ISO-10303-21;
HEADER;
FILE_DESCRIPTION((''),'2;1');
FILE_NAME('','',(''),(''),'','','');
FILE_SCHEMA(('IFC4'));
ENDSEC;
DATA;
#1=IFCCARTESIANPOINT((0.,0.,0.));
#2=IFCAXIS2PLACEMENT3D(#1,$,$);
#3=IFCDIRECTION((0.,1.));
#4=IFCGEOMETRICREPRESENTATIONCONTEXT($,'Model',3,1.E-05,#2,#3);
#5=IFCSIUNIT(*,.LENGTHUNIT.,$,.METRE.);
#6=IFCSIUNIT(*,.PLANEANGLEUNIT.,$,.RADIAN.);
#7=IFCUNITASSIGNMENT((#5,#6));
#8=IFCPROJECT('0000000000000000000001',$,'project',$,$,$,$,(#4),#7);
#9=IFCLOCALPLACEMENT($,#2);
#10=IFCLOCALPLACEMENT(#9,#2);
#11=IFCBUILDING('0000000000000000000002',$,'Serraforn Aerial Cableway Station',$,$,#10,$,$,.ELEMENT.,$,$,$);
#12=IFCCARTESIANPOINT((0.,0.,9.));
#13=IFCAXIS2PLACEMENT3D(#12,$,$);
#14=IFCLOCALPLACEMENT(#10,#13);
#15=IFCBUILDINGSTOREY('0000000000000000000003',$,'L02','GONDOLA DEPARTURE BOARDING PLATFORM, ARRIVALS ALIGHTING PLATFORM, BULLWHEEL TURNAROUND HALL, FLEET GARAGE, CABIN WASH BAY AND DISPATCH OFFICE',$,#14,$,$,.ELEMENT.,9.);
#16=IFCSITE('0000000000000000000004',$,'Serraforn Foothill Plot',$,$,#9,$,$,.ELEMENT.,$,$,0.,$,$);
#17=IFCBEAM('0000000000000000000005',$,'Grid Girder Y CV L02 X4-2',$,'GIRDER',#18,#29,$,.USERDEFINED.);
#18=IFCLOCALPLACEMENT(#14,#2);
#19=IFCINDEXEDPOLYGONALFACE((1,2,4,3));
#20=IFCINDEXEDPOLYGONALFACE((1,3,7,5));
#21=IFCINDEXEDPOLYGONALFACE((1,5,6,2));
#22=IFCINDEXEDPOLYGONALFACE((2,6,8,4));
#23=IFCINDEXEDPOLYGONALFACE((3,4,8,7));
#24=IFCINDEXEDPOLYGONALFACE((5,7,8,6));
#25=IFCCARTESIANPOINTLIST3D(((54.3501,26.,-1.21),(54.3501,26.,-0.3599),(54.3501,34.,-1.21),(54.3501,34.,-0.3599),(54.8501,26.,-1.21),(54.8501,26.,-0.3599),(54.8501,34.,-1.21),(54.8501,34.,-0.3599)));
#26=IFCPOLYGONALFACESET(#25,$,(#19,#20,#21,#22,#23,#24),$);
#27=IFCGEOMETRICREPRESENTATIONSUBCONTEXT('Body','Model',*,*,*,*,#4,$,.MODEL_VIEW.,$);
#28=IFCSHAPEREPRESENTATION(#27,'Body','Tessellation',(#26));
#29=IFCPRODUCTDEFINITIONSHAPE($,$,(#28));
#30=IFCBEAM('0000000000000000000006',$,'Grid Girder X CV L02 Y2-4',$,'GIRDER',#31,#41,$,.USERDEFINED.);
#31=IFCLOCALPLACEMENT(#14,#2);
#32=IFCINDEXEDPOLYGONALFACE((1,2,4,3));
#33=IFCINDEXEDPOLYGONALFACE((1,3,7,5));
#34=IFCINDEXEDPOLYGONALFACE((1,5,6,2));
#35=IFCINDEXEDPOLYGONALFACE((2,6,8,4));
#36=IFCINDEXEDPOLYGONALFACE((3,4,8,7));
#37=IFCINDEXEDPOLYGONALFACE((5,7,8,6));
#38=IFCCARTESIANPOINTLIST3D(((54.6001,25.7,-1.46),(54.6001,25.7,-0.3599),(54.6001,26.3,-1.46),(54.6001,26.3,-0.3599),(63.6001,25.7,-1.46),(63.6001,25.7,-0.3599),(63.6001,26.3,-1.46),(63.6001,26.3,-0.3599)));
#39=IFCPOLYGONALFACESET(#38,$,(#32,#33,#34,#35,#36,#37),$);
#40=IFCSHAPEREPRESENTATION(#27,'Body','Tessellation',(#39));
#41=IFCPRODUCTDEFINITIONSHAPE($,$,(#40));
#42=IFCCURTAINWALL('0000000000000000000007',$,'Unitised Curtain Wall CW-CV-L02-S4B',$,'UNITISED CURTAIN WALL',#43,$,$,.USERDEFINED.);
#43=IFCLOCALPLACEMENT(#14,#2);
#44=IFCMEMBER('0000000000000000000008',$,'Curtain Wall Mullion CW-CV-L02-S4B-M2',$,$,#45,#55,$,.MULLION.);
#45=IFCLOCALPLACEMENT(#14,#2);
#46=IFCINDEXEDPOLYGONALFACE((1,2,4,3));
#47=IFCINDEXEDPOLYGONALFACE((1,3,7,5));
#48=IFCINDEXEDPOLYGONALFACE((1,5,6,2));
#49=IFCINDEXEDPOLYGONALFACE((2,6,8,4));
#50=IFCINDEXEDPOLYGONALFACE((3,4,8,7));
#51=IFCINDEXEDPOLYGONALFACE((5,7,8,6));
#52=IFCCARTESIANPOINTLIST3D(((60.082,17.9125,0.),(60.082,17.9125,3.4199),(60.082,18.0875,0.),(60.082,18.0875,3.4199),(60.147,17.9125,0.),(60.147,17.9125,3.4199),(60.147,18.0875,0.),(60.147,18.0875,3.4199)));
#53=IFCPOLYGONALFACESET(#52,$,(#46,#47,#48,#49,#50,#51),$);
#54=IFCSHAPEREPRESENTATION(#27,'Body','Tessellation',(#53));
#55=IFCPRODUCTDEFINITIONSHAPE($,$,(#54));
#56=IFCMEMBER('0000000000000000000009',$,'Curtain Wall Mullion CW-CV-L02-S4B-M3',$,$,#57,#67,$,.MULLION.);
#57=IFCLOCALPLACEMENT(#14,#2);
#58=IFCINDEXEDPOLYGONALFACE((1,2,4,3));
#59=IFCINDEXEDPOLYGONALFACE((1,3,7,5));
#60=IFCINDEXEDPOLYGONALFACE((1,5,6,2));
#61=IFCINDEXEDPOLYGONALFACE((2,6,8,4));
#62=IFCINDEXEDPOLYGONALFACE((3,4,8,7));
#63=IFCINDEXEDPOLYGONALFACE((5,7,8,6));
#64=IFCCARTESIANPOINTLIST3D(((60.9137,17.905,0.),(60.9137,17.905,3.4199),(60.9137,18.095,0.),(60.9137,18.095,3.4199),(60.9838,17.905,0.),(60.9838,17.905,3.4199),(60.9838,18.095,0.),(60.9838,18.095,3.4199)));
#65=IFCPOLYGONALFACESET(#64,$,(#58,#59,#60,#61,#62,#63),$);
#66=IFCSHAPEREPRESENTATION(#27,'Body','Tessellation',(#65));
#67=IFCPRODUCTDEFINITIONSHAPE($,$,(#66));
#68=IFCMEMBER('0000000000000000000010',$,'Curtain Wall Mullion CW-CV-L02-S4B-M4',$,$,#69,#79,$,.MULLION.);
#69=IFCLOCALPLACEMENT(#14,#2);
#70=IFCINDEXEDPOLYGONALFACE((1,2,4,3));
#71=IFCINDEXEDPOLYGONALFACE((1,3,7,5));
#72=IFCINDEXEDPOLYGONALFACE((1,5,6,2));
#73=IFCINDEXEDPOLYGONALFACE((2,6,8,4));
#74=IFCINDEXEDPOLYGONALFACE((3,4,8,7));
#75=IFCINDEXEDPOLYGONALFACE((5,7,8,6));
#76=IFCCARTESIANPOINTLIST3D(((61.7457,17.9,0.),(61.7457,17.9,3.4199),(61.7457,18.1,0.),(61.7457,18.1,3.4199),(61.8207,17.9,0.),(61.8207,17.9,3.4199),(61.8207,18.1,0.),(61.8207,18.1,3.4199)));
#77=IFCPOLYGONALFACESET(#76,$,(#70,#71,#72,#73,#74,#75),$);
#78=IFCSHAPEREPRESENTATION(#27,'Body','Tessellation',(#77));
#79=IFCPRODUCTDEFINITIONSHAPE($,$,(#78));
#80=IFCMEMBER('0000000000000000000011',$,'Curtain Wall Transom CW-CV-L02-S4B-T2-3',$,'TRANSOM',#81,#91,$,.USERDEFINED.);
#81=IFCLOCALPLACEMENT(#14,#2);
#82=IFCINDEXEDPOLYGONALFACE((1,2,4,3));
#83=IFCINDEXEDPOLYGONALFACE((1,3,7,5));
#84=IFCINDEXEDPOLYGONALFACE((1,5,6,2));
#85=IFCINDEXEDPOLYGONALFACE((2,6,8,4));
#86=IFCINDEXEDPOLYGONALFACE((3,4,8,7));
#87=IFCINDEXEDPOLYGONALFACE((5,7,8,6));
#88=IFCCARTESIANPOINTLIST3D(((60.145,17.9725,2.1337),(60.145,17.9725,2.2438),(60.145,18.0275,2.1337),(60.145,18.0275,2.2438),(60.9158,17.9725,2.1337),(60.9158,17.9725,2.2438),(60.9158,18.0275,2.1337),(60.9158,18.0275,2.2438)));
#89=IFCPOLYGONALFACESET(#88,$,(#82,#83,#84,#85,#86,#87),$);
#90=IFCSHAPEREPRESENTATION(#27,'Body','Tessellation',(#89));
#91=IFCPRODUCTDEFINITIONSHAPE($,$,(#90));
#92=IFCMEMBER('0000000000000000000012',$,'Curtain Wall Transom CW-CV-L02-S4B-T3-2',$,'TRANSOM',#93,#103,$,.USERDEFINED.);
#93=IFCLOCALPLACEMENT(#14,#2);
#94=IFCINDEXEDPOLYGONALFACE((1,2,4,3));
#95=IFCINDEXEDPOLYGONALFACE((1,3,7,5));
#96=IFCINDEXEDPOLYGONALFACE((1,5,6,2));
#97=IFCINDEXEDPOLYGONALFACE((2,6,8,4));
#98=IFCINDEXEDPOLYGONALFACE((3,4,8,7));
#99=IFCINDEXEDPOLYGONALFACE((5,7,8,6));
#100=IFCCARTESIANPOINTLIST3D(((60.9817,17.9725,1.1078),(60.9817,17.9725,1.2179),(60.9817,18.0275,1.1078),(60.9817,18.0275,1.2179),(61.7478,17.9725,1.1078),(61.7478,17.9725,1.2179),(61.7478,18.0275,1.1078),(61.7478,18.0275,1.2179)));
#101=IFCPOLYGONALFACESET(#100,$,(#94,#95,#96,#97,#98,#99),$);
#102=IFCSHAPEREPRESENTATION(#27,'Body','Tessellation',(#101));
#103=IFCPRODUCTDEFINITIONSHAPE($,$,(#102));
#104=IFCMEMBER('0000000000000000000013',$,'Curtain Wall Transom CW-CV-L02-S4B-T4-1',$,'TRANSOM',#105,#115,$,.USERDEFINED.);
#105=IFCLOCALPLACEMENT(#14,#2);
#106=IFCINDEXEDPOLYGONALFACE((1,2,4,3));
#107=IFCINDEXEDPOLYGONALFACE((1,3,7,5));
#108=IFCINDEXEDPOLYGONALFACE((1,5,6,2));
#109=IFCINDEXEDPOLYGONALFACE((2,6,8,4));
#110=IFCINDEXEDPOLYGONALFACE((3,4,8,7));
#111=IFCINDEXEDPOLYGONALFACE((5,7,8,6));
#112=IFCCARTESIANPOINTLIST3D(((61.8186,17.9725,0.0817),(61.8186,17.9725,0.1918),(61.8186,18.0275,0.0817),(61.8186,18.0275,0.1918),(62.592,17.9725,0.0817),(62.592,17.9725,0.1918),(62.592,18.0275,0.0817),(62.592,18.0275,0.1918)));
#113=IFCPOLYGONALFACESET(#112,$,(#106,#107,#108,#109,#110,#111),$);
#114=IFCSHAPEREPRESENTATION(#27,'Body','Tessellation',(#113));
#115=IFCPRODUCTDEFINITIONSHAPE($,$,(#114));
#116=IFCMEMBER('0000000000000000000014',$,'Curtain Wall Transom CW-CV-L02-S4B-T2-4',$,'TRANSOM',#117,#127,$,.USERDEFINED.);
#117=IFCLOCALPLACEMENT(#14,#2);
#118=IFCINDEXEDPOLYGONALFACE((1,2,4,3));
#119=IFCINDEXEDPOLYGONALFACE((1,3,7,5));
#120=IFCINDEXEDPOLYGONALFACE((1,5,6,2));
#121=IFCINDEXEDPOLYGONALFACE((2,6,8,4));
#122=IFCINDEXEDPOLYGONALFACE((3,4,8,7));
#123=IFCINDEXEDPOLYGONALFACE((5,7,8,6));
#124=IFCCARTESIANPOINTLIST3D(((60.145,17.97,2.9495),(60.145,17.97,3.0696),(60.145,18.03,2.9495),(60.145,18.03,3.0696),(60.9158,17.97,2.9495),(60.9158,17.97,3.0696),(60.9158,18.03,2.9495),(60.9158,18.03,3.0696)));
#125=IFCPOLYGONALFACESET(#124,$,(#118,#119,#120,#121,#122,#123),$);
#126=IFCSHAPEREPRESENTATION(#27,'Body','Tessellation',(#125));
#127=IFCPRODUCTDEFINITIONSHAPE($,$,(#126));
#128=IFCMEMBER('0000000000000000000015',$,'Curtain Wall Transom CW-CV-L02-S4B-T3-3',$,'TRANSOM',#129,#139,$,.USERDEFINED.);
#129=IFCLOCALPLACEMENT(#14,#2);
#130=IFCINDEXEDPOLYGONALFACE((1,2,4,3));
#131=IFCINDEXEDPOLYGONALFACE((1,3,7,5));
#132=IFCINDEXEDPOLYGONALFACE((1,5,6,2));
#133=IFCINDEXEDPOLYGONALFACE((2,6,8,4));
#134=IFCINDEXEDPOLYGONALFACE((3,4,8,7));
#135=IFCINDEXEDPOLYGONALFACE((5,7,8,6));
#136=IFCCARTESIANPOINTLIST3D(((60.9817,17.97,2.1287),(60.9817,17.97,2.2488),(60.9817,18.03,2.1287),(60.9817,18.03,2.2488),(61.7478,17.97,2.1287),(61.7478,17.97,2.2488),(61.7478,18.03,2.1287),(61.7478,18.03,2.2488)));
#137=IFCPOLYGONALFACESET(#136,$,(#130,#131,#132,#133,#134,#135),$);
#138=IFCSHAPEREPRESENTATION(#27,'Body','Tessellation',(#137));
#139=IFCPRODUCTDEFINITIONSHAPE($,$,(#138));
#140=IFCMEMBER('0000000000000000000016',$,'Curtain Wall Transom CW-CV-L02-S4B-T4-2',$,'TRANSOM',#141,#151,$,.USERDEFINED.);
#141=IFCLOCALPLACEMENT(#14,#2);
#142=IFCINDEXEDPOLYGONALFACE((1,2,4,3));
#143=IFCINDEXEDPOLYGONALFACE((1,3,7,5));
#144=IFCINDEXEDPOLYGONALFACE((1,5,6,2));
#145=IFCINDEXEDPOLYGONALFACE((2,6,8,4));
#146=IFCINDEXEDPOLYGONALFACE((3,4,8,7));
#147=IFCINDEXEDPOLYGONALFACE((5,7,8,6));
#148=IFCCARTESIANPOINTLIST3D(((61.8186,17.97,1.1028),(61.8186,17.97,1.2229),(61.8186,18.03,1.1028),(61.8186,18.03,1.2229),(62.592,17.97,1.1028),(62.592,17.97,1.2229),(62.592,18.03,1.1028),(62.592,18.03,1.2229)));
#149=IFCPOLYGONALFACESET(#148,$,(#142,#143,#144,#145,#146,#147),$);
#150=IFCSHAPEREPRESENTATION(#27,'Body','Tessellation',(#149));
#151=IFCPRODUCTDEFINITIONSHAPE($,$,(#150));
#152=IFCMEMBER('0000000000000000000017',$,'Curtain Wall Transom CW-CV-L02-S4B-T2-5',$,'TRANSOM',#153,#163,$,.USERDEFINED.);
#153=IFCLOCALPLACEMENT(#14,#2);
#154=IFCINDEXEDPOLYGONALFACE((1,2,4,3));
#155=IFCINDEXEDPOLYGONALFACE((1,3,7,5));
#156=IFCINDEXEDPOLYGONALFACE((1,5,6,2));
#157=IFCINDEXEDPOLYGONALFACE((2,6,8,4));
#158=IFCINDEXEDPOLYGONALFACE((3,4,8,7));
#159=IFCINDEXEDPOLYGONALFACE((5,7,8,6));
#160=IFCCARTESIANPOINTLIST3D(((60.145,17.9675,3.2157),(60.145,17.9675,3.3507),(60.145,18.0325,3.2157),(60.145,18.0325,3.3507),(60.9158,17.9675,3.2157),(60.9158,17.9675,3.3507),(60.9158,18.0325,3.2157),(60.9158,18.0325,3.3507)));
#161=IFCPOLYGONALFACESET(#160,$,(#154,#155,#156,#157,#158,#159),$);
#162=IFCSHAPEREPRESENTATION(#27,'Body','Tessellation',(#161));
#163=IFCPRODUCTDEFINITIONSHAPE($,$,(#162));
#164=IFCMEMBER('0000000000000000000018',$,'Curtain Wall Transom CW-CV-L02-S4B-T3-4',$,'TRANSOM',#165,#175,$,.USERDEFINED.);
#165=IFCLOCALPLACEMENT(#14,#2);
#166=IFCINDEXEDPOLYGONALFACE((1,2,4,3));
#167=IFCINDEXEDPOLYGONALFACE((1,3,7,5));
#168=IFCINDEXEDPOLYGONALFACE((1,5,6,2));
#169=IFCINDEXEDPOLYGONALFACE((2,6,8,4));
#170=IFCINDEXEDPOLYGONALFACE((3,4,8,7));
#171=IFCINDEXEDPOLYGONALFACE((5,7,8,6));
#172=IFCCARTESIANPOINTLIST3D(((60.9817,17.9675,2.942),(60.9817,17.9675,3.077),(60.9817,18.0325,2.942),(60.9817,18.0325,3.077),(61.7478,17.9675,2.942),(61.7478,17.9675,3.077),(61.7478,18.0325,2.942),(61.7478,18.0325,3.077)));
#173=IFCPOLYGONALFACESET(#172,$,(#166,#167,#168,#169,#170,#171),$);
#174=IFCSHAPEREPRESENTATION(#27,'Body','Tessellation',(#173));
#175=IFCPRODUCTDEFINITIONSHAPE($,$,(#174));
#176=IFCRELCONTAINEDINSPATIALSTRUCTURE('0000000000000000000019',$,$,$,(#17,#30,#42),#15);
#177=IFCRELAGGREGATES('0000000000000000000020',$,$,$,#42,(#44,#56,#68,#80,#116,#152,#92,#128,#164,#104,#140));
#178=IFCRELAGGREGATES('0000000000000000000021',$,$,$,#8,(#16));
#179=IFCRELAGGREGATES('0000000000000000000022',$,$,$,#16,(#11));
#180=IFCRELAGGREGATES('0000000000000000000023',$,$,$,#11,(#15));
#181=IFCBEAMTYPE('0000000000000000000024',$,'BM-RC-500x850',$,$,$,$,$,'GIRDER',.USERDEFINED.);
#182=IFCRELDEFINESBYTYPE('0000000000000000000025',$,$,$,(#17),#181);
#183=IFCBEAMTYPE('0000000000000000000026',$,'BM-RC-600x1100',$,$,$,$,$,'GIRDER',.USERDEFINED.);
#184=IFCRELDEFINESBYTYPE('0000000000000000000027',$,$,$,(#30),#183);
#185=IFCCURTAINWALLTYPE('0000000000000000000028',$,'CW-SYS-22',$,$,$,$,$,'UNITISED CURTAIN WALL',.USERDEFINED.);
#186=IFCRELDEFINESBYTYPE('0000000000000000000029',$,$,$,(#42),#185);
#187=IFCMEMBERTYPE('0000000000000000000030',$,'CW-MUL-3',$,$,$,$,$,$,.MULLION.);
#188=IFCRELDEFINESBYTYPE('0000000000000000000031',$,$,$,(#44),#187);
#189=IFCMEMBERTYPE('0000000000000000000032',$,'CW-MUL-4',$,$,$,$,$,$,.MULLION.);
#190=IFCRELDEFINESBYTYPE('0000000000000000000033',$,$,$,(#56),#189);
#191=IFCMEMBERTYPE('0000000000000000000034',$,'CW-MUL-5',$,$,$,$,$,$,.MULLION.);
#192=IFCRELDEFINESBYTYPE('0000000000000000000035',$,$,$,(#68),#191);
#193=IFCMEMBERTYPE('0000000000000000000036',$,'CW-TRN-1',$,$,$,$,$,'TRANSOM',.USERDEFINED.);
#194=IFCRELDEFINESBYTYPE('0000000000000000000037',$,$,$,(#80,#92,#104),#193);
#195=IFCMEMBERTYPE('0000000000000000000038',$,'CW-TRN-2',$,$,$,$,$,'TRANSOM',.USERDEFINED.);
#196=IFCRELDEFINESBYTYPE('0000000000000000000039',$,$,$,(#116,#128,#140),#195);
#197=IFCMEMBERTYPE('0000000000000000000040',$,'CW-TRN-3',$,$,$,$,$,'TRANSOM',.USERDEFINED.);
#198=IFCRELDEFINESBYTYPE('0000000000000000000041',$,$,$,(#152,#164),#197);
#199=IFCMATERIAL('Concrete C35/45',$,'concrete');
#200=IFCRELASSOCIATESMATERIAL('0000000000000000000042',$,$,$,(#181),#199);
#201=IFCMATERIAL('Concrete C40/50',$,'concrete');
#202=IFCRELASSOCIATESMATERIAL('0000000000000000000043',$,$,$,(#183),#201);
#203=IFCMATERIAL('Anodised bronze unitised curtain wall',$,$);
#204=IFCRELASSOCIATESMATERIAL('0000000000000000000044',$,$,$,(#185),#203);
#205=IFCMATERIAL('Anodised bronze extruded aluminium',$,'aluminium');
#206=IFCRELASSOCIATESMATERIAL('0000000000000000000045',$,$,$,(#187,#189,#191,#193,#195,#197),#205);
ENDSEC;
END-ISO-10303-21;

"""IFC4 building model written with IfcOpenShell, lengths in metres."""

from ifc_helpers import new_model, si_unit, direction, frame, origin, origin_2d, place, context, subcontext, project, spatial, rectangle, extrude, material, material_profile, profile_set, type_object, element, aggregate, save


model = new_model("IFC4")

# Units and contexts
model_context = context("Model", 3, precision=1e-05, world=origin(), true_north=direction((0.0, 1.0)))
body_context = subcontext(model_context, "Body", "Model", "MODEL_VIEW")
ifc_project = project(units=[si_unit("LENGTHUNIT", "METRE"), si_unit("PLANEANGLEUNIT", "RADIAN")], contexts=[model_context])

# Site, building, storey
site_placement = place(None, origin())
site = spatial("IfcSite", under=ifc_project, at=site_placement, Name="Serraforn Foothill Plot", CompositionType="ELEMENT", RefElevation=0.0)
building_placement = place(site_placement, origin())
building = spatial("IfcBuilding", under=site, at=building_placement, Name="Serraforn Aerial Cableway Station", CompositionType="ELEMENT")
storey_placement = place(building_placement, frame((0.0, 0.0, 9.0)))
storey = spatial("IfcBuildingStorey", under=building, at=storey_placement, Name="L02", Description="GONDOLA DEPARTURE BOARDING PLATFORM, ARRIVALS ALIGHTING PLATFORM, BULLWHEEL TURNAROUND HALL, FLEET GARAGE, CABIN WASH BAY AND DISPATCH OFFICE", CompositionType="ELEMENT", Elevation=9.0)

# Beams
ifc_material_1 = material(Name="Concrete C35/45", Category="concrete")
ifc_material_profile_1 = material_profile(ifc_material_1, rectangle(XDim=0.5, YDim=0.8501, at=origin_2d()), Name="RC 500x850")
ifc_profile_set_1 = profile_set([ifc_material_profile_1], Name="Concrete C35/45")
beam_type_1 = type_object("IfcBeamType", Name="BM-RC-500x850", ElementType="GIRDER", PredefinedType="USERDEFINED", material=ifc_profile_set_1)
beam_1_placement = place(storey_placement, frame((54.6001, 26.0, -0.7849), z_axis=(0.0, 1.0, 0.0), x_axis=(-1.0, 0.0, 0.0)))
element("IfcBeam", 1, at=beam_1_placement, inside=storey, type_object=beam_type_1, Name="Grid Girder Y CV L02 X4-2", ObjectType="GIRDER", PredefinedType="USERDEFINED", context=body_context, shape_type="SweptSolid", body=[
    extrude(rectangle(XDim=0.5, YDim=0.8501, at=origin_2d()), origin(), (0.0, 0.0, 1.0), 8.0),
])
ifc_material_2 = material(Name="Concrete C40/50", Category="concrete")
ifc_material_profile_2 = material_profile(ifc_material_2, rectangle(XDim=0.6001, YDim=1.1001, at=origin_2d()), Name="RC 600x1100")
ifc_profile_set_2 = profile_set([ifc_material_profile_2], Name="Concrete C40/50")
beam_type_2 = type_object("IfcBeamType", Name="BM-RC-600x1100", ElementType="GIRDER", PredefinedType="USERDEFINED", material=ifc_profile_set_2)
beam_2_placement = place(storey_placement, frame((54.6001, 26.0, -0.9099), z_axis=(1.0, 0.0, 0.0), x_axis=(0.0, 1.0, 0.0)))
element("IfcBeam", 2, at=beam_2_placement, inside=storey, type_object=beam_type_2, Name="Grid Girder X CV L02 Y2-4", ObjectType="GIRDER", PredefinedType="USERDEFINED", context=body_context, shape_type="SweptSolid", body=[
    extrude(rectangle(XDim=0.6001, YDim=1.1001, at=origin_2d()), origin(), (0.0, 0.0, 1.0), 9.0),
])

# Curtain wall, members
ifc_material_3 = material(Name="Anodised bronze unitised curtain wall")
curtain_wall_type = type_object("IfcCurtainWallType", Name="CW-SYS-22", ElementType="UNITISED CURTAIN WALL", PredefinedType="USERDEFINED", material=ifc_material_3)
curtain_wall_placement = place(storey_placement, origin())
curtain_wall = element("IfcCurtainWall", 3, at=curtain_wall_placement, inside=storey, type_object=curtain_wall_type, Name="Unitised Curtain Wall CW-CV-L02-S4B", ObjectType="UNITISED CURTAIN WALL", PredefinedType="USERDEFINED")
ifc_material_4 = material(Name="Anodised bronze extruded aluminium", Category="aluminium")
ifc_material_profile_3 = material_profile(ifc_material_4, rectangle(XDim=0.0649, YDim=0.175, at=origin_2d()), Name="CW MULLION 65x175")
ifc_profile_set_3 = profile_set([ifc_material_profile_3], Name="Anodised bronze extruded aluminium")
member_type_1 = type_object("IfcMemberType", Name="CW-MUL-3", PredefinedType="MULLION", material=ifc_profile_set_3)
member_1_placement = place(storey_placement, frame((60.1145, 18.0, 0.0), z_axis=(0.0, 0.0, 1.0), x_axis=(1.0, 0.0, 0.0)))
member_1 = element("IfcMember", 4, at=member_1_placement, type_object=member_type_1, Name="Curtain Wall Mullion CW-CV-L02-S4B-M2", PredefinedType="MULLION", context=body_context, shape_type="SweptSolid", body=[
    extrude(rectangle(XDim=0.0649, YDim=0.175, at=origin_2d()), origin(), (0.0, 0.0, 1.0), 3.4199),
])
ifc_material_profile_4 = material_profile(ifc_material_4, rectangle(XDim=0.0701, YDim=0.1899, at=origin_2d()), Name="CW MULLION 70x190")
ifc_profile_set_4 = profile_set([ifc_material_profile_4], Name="Anodised bronze extruded aluminium")
member_type_2 = type_object("IfcMemberType", Name="CW-MUL-4", PredefinedType="MULLION", material=ifc_profile_set_4)
member_2_placement = place(storey_placement, frame((60.9487, 18.0, 0.0), z_axis=(0.0, 0.0, 1.0), x_axis=(1.0, 0.0, 0.0)))
member_2 = element("IfcMember", 5, at=member_2_placement, type_object=member_type_2, Name="Curtain Wall Mullion CW-CV-L02-S4B-M3", PredefinedType="MULLION", context=body_context, shape_type="SweptSolid", body=[
    extrude(rectangle(XDim=0.0701, YDim=0.1899, at=origin_2d()), origin(), (0.0, 0.0, 1.0), 3.4199),
])
ifc_material_profile_5 = material_profile(ifc_material_4, rectangle(XDim=0.075, YDim=0.2, at=origin_2d()), Name="CW MULLION 75x200")
ifc_profile_set_5 = profile_set([ifc_material_profile_5], Name="Anodised bronze extruded aluminium")
member_type_3 = type_object("IfcMemberType", Name="CW-MUL-5", PredefinedType="MULLION", material=ifc_profile_set_5)
member_3_placement = place(storey_placement, frame((61.7832, 18.0, 0.0), z_axis=(0.0, 0.0, 1.0), x_axis=(1.0, 0.0, 0.0)))
member_3 = element("IfcMember", 6, at=member_3_placement, type_object=member_type_3, Name="Curtain Wall Mullion CW-CV-L02-S4B-M4", PredefinedType="MULLION", context=body_context, shape_type="SweptSolid", body=[
    extrude(rectangle(XDim=0.075, YDim=0.2, at=origin_2d()), origin(), (0.0, 0.0, 1.0), 3.4199),
])
ifc_material_profile_6 = material_profile(ifc_material_4, rectangle(XDim=0.0549, YDim=0.1101, at=origin_2d()), Name="CW TRANSOM 55x110")
ifc_profile_set_6 = profile_set([ifc_material_profile_6], Name="Anodised bronze extruded aluminium")
member_type_4 = type_object("IfcMemberType", Name="CW-TRN-1", ElementType="TRANSOM", PredefinedType="USERDEFINED", material=ifc_profile_set_6)
member_4_placement = place(storey_placement, frame((60.145, 18.0, 2.1887), z_axis=(1.0, 0.0, 0.0), x_axis=(0.0, 1.0, 0.0)))
member_4 = element("IfcMember", 7, at=member_4_placement, type_object=member_type_4, Name="Curtain Wall Transom CW-CV-L02-S4B-T2-3", ObjectType="TRANSOM", PredefinedType="USERDEFINED", context=body_context, shape_type="SweptSolid", body=[
    extrude(rectangle(XDim=0.0549, YDim=0.1101, at=origin_2d()), origin(), (0.0, 0.0, 1.0), 0.7708),
])
member_5_placement = place(storey_placement, frame((60.9817, 18.0, 1.1628), z_axis=(1.0, 0.0, 0.0), x_axis=(0.0, 1.0, 0.0)))
member_5 = element("IfcMember", 8, at=member_5_placement, type_object=member_type_4, Name="Curtain Wall Transom CW-CV-L02-S4B-T3-2", ObjectType="TRANSOM", PredefinedType="USERDEFINED", context=body_context, shape_type="SweptSolid", body=[
    extrude(rectangle(XDim=0.0549, YDim=0.1101, at=origin_2d()), origin(), (0.0, 0.0, 1.0), 0.7661),
])
member_6_placement = place(storey_placement, frame((61.8186, 18.0, 0.1367), z_axis=(1.0, 0.0, 0.0), x_axis=(0.0, 1.0, 0.0)))
member_6 = element("IfcMember", 9, at=member_6_placement, type_object=member_type_4, Name="Curtain Wall Transom CW-CV-L02-S4B-T4-1", ObjectType="TRANSOM", PredefinedType="USERDEFINED", context=body_context, shape_type="SweptSolid", body=[
    extrude(rectangle(XDim=0.0549, YDim=0.1101, at=origin_2d()), origin(), (0.0, 0.0, 1.0), 0.7734),
])
ifc_material_profile_7 = material_profile(ifc_material_4, rectangle(XDim=0.0601, YDim=0.1201, at=origin_2d()), Name="CW TRANSOM 60x120")
ifc_profile_set_7 = profile_set([ifc_material_profile_7], Name="Anodised bronze extruded aluminium")
member_type_5 = type_object("IfcMemberType", Name="CW-TRN-2", ElementType="TRANSOM", PredefinedType="USERDEFINED", material=ifc_profile_set_7)
member_7_placement = place(storey_placement, frame((60.145, 18.0, 3.0095), z_axis=(1.0, 0.0, 0.0), x_axis=(0.0, 1.0, 0.0)))
member_7 = element("IfcMember", 10, at=member_7_placement, type_object=member_type_5, Name="Curtain Wall Transom CW-CV-L02-S4B-T2-4", ObjectType="TRANSOM", PredefinedType="USERDEFINED", context=body_context, shape_type="SweptSolid", body=[
    extrude(rectangle(XDim=0.0601, YDim=0.1201, at=origin_2d()), origin(), (0.0, 0.0, 1.0), 0.7708),
])
member_8_placement = place(storey_placement, frame((60.9817, 18.0, 2.1887), z_axis=(1.0, 0.0, 0.0), x_axis=(0.0, 1.0, 0.0)))
member_8 = element("IfcMember", 11, at=member_8_placement, type_object=member_type_5, Name="Curtain Wall Transom CW-CV-L02-S4B-T3-3", ObjectType="TRANSOM", PredefinedType="USERDEFINED", context=body_context, shape_type="SweptSolid", body=[
    extrude(rectangle(XDim=0.0601, YDim=0.1201, at=origin_2d()), origin(), (0.0, 0.0, 1.0), 0.7661),
])
member_9_placement = place(storey_placement, frame((61.8186, 18.0, 1.1628), z_axis=(1.0, 0.0, 0.0), x_axis=(0.0, 1.0, 0.0)))
member_9 = element("IfcMember", 12, at=member_9_placement, type_object=member_type_5, Name="Curtain Wall Transom CW-CV-L02-S4B-T4-2", ObjectType="TRANSOM", PredefinedType="USERDEFINED", context=body_context, shape_type="SweptSolid", body=[
    extrude(rectangle(XDim=0.0601, YDim=0.1201, at=origin_2d()), origin(), (0.0, 0.0, 1.0), 0.7734),
])
ifc_material_profile_8 = material_profile(ifc_material_4, rectangle(XDim=0.0649, YDim=0.135, at=origin_2d()), Name="CW TRANSOM 65x135")
ifc_profile_set_8 = profile_set([ifc_material_profile_8], Name="Anodised bronze extruded aluminium")
member_type_6 = type_object("IfcMemberType", Name="CW-TRN-3", ElementType="TRANSOM", PredefinedType="USERDEFINED", material=ifc_profile_set_8)
member_10_placement = place(storey_placement, frame((60.145, 18.0, 3.2832), z_axis=(1.0, 0.0, 0.0), x_axis=(0.0, 1.0, 0.0)))
member_10 = element("IfcMember", 13, at=member_10_placement, type_object=member_type_6, Name="Curtain Wall Transom CW-CV-L02-S4B-T2-5", ObjectType="TRANSOM", PredefinedType="USERDEFINED", context=body_context, shape_type="SweptSolid", body=[
    extrude(rectangle(XDim=0.0649, YDim=0.135, at=origin_2d()), origin(), (0.0, 0.0, 1.0), 0.7708),
])
member_11_placement = place(storey_placement, frame((60.9817, 18.0, 3.0095), z_axis=(1.0, 0.0, 0.0), x_axis=(0.0, 1.0, 0.0)))
member_11 = element("IfcMember", 14, at=member_11_placement, type_object=member_type_6, Name="Curtain Wall Transom CW-CV-L02-S4B-T3-4", ObjectType="TRANSOM", PredefinedType="USERDEFINED", context=body_context, shape_type="SweptSolid", body=[
    extrude(rectangle(XDim=0.0649, YDim=0.135, at=origin_2d()), origin(), (0.0, 0.0, 1.0), 0.7661),
])
aggregate(curtain_wall, [member_1, member_2, member_3, member_4, member_7, member_10, member_5, member_8, member_11, member_6, member_9])

save(model, "model.ifc")
